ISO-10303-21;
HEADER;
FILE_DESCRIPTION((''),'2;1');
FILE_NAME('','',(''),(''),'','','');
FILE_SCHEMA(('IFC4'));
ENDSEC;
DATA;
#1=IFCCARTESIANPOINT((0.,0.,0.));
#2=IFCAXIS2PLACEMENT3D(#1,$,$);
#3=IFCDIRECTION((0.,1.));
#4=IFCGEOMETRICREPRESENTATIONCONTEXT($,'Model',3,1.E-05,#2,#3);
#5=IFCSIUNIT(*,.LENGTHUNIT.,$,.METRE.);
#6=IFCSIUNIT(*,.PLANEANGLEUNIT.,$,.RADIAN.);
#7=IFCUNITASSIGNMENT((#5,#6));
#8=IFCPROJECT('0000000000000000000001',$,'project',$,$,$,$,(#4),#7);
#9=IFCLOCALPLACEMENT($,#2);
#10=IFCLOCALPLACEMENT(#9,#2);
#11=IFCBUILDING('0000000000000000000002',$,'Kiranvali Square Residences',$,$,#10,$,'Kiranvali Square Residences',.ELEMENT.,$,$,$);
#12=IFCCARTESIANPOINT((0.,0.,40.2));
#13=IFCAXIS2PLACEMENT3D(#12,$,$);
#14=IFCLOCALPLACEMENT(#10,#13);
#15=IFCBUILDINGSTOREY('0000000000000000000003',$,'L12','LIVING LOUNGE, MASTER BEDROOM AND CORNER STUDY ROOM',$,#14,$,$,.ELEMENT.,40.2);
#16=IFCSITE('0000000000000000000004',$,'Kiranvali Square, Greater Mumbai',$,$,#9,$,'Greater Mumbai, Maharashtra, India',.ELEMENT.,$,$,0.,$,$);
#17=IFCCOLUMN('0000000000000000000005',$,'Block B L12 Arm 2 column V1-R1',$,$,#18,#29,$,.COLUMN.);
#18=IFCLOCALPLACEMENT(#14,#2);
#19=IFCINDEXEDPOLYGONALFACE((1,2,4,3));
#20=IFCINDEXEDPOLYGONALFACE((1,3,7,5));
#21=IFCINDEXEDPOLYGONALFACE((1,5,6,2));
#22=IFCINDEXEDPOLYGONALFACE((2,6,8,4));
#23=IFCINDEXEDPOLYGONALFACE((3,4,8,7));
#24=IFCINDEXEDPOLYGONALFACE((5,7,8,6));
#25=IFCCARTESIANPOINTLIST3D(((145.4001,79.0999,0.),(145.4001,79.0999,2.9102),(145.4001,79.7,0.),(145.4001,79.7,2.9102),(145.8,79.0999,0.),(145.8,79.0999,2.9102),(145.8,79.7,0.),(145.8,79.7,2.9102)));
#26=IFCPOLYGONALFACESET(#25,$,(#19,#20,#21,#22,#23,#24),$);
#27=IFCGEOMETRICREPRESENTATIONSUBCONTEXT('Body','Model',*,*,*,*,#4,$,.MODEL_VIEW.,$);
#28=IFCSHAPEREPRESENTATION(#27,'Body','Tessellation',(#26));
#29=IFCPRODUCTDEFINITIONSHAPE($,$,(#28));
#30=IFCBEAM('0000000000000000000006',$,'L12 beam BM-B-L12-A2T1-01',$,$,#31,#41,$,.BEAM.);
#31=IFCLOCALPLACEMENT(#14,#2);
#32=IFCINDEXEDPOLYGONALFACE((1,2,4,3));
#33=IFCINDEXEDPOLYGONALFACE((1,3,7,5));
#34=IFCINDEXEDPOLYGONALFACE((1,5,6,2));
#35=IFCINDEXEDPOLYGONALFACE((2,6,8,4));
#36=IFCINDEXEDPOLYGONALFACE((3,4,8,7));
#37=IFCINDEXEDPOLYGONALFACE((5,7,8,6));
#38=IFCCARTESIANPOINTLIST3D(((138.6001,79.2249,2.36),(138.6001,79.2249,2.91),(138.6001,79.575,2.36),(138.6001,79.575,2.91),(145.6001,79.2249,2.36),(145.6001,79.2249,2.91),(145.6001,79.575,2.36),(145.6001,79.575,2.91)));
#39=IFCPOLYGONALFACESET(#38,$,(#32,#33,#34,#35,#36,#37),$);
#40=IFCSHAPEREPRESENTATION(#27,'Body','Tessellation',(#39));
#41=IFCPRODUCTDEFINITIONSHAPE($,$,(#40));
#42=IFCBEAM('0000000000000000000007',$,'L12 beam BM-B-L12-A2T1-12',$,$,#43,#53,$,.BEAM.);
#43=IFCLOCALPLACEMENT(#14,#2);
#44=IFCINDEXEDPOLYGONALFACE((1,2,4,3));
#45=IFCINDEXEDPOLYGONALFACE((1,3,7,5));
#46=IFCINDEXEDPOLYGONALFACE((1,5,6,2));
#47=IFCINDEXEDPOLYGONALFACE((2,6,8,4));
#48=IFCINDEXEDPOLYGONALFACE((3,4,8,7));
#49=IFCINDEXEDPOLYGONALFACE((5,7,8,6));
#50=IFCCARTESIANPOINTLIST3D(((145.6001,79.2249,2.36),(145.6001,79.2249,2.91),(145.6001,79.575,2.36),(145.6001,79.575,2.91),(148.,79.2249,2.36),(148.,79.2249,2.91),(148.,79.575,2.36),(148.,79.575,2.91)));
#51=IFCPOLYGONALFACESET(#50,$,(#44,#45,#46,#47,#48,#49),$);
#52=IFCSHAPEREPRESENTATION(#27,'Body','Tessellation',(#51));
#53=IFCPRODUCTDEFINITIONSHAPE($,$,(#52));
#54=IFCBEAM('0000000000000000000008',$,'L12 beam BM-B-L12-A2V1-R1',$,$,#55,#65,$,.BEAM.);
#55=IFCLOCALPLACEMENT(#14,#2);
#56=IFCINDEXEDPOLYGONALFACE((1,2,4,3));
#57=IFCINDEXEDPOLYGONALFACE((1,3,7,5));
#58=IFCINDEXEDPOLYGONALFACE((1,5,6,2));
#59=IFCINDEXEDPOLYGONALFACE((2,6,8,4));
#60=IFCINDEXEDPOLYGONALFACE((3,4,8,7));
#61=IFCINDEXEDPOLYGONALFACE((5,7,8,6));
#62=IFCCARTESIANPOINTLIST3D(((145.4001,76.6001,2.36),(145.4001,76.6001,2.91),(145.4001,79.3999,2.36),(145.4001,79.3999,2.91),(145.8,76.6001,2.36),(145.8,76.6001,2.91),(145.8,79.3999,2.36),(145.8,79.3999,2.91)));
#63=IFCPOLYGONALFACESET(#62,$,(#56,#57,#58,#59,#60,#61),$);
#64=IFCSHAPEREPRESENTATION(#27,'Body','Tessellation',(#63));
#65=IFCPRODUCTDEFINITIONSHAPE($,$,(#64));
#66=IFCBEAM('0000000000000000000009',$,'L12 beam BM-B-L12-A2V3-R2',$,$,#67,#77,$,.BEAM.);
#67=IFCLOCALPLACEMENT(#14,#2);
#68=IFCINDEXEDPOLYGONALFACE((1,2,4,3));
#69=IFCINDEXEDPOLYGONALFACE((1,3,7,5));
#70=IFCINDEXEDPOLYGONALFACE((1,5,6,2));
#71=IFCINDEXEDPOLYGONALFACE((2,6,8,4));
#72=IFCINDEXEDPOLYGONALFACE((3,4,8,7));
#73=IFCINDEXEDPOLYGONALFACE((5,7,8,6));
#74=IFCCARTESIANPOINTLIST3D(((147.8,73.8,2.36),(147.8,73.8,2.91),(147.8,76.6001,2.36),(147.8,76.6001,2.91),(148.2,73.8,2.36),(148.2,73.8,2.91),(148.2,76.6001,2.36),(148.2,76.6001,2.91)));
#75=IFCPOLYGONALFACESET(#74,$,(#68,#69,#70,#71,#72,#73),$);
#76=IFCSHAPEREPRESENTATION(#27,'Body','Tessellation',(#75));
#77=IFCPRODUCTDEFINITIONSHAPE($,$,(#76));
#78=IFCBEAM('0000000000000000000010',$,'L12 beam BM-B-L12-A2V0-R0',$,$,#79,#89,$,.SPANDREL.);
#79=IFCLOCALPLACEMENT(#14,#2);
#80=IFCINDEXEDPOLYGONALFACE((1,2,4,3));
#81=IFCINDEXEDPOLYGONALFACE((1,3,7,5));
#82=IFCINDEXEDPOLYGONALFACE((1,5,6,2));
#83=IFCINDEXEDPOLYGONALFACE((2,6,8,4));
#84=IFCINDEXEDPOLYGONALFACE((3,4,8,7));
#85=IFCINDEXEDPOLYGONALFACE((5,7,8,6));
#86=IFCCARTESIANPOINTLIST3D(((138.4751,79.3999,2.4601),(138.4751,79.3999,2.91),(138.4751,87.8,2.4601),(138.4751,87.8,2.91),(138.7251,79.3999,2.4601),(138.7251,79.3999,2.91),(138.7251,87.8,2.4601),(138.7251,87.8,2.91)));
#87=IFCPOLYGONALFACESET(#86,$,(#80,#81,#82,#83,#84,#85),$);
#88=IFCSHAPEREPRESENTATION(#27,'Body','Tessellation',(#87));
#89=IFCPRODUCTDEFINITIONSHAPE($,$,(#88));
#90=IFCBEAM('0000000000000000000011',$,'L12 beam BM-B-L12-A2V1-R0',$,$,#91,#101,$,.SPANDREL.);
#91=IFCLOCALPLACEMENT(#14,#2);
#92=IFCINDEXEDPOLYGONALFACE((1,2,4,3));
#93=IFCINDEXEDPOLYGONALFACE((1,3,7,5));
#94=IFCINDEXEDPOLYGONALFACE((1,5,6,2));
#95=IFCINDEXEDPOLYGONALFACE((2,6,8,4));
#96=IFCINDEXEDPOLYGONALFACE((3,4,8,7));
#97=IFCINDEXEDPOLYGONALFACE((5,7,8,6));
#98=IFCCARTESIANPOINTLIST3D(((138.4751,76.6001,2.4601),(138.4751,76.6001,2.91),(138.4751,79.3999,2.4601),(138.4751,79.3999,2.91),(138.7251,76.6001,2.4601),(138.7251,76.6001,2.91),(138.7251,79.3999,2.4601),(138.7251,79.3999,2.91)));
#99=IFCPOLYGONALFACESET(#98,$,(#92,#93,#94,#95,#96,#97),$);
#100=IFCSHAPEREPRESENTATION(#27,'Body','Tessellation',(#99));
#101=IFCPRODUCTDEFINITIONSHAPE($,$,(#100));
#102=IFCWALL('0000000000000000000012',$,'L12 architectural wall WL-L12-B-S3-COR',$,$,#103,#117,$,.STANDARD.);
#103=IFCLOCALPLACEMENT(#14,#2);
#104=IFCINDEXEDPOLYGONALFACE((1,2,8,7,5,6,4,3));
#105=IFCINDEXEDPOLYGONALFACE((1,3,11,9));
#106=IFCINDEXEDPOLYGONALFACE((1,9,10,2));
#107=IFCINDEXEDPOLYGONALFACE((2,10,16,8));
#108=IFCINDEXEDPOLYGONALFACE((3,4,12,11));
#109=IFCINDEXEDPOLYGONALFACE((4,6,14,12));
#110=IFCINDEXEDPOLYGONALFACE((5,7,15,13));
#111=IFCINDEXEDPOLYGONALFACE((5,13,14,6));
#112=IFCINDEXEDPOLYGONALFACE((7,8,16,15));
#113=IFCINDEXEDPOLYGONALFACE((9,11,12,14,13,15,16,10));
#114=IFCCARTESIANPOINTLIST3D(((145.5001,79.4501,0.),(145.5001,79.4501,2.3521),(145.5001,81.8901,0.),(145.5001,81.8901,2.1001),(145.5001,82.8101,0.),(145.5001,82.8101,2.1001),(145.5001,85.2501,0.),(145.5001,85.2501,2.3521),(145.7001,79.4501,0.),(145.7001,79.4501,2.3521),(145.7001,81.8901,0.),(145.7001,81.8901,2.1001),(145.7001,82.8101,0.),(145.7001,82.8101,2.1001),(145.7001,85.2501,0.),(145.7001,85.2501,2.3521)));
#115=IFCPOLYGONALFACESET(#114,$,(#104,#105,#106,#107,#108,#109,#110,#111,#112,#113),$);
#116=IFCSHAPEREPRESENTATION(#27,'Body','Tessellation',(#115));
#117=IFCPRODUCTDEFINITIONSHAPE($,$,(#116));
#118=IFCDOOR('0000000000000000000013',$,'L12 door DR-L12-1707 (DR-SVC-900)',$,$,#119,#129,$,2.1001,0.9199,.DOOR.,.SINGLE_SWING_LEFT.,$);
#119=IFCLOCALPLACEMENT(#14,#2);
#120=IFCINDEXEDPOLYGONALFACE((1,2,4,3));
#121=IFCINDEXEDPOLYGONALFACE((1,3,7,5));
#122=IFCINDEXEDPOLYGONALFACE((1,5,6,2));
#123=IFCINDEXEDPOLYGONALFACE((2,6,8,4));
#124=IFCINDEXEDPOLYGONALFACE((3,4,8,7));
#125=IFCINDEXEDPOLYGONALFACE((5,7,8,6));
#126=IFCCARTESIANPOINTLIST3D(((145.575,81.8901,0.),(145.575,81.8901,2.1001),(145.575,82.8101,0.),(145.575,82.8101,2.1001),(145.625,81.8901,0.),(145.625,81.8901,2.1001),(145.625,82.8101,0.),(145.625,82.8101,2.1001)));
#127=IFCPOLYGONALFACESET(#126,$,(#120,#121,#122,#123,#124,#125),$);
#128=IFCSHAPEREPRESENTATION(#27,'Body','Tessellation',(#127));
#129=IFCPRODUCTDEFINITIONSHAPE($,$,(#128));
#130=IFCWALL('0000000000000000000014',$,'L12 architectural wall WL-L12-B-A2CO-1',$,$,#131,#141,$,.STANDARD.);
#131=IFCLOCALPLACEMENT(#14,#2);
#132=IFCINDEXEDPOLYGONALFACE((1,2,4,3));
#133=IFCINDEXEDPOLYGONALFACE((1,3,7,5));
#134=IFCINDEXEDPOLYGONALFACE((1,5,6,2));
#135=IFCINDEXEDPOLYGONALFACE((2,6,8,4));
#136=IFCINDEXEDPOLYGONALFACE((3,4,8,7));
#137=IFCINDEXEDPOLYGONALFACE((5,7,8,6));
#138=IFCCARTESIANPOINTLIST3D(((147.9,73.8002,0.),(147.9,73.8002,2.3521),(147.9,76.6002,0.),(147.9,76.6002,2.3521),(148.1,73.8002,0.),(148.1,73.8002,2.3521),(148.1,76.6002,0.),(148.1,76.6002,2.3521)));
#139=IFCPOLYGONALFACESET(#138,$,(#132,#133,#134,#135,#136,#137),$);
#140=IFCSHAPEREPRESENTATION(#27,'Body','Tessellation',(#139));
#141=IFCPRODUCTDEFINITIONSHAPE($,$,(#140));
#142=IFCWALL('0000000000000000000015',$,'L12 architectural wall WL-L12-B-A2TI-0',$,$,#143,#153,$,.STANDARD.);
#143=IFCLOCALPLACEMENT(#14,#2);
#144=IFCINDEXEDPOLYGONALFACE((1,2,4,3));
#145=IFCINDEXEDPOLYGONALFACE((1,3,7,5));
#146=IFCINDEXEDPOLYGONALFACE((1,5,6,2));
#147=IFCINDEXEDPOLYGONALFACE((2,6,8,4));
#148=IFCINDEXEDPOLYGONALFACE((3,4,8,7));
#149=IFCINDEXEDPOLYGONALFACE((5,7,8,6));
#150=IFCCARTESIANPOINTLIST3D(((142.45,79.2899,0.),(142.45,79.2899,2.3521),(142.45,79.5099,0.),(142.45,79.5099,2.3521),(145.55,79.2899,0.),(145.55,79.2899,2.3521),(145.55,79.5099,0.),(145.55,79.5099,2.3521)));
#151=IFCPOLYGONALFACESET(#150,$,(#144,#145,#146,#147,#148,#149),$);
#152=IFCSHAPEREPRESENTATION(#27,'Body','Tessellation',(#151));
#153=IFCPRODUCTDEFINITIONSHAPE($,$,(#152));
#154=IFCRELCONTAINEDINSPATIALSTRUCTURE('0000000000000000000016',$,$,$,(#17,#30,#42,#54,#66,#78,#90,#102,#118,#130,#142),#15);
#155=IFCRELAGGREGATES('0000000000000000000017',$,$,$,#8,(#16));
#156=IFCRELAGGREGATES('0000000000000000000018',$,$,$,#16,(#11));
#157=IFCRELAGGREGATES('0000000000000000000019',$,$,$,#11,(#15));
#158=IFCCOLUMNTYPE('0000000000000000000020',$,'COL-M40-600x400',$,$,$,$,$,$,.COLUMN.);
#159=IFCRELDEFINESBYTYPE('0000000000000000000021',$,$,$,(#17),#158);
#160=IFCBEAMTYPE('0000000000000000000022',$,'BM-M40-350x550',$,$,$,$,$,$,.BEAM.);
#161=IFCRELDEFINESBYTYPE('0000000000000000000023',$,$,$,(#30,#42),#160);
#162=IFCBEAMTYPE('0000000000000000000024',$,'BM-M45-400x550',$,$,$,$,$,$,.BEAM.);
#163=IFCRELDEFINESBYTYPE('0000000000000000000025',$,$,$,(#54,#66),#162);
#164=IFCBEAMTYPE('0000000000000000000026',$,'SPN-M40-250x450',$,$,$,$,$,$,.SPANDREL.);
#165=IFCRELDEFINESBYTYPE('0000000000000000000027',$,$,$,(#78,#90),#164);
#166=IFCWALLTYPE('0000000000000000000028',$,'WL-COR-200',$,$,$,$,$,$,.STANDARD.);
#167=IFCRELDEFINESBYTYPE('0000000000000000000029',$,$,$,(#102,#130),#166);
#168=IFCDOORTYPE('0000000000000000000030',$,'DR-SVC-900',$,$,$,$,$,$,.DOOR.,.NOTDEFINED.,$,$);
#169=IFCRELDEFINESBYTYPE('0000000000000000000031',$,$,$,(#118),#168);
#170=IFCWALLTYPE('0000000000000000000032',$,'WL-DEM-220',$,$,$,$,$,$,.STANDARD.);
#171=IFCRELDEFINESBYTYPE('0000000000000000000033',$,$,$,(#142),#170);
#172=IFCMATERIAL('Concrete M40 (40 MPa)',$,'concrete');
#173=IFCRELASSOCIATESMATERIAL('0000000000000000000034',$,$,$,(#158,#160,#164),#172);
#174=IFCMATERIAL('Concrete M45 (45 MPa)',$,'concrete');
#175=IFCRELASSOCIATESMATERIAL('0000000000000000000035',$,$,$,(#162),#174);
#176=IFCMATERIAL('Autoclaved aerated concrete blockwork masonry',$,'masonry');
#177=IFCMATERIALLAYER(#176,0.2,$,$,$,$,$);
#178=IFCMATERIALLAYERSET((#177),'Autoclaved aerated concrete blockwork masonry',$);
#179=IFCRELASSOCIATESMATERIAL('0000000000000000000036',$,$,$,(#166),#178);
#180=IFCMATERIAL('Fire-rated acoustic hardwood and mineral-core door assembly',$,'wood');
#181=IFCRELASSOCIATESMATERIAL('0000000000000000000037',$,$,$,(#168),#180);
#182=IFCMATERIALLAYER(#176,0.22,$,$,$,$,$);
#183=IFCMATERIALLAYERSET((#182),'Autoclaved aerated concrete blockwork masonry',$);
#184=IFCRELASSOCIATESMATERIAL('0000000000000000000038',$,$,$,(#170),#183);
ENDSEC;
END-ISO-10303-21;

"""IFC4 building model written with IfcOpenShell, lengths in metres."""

from ifc_helpers import new_model, si_unit, direction, frame, frame_2d, origin, origin_2d, place, context, subcontext, project, spatial, rectangle, extrude, material, layer, layer_set, material_profile, profile_set, type_object, element, fill, save


model = new_model("IFC4")

# Units and contexts
model_context = context("Model", 3, precision=1e-05, world=origin(), true_north=direction((0.0, 1.0)))
body_context = subcontext(model_context, "Body", "Model", "MODEL_VIEW")
ifc_project = project(units=[si_unit("LENGTHUNIT", "METRE"), si_unit("PLANEANGLEUNIT", "RADIAN")], contexts=[model_context])

# Site, building, storey
site_placement = place(None, origin())
site = spatial("IfcSite", under=ifc_project, at=site_placement, Name="Kiranvali Square, Greater Mumbai", LongName="Greater Mumbai, Maharashtra, India", CompositionType="ELEMENT", RefElevation=0.0)
building_placement = place(site_placement, origin())
building = spatial("IfcBuilding", under=site, at=building_placement, Name="Kiranvali Square Residences", LongName="Kiranvali Square Residences", CompositionType="ELEMENT")
storey_placement = place(building_placement, frame((0.0, 0.0, 40.2)))
storey = spatial("IfcBuildingStorey", under=building, at=storey_placement, Name="L12", Description="LIVING LOUNGE, MASTER BEDROOM AND CORNER STUDY ROOM", CompositionType="ELEMENT", Elevation=40.2)

# Column
ifc_material_1 = material(Name="Concrete M40 (40 MPa)", Category="concrete")
ifc_material_profile_1 = material_profile(ifc_material_1, rectangle(XDim=0.3999, YDim=0.6001, at=origin_2d()), Name="RC 600x400")
ifc_profile_set_1 = profile_set([ifc_material_profile_1], Name="Concrete M40 (40 MPa)")
column_type = type_object("IfcColumnType", Name="COL-M40-600x400", PredefinedType="COLUMN", material=ifc_profile_set_1)
column_placement = place(storey_placement, frame((145.6001, 79.3999, 0.0), z_axis=(0.0, 0.0, 1.0), x_axis=(1.0, 0.0, 0.0)))
element("IfcColumn", 1, at=column_placement, inside=storey, type_object=column_type, Name="Block B L12 Arm 2 column V1-R1", PredefinedType="COLUMN", context=body_context, shape_type="SweptSolid", body=[
    extrude(rectangle(XDim=0.3999, YDim=0.6001, at=origin_2d()), origin(), (0.0, 0.0, 1.0), 2.9102),
])

# Beams
ifc_material_profile_2 = material_profile(ifc_material_1, rectangle(XDim=0.3501, YDim=0.55, at=origin_2d()), Name="RC 350x550")
ifc_profile_set_2 = profile_set([ifc_material_profile_2], Name="Concrete M40 (40 MPa)")
beam_type_1 = type_object("IfcBeamType", Name="BM-M40-350x550", PredefinedType="BEAM", material=ifc_profile_set_2)
beam_1_placement = place(storey_placement, frame((138.6001, 79.3999, 2.635), z_axis=(1.0, 0.0, 0.0), x_axis=(0.0, 1.0, 0.0)))
element("IfcBeam", 2, at=beam_1_placement, inside=storey, type_object=beam_type_1, Name="L12 beam BM-B-L12-A2T1-01", PredefinedType="BEAM", context=body_context, shape_type="SweptSolid", body=[
    extrude(rectangle(XDim=0.3501, YDim=0.55, at=origin_2d()), origin(), (0.0, 0.0, 1.0), 7.0),
])
beam_2_placement = place(storey_placement, frame((145.6001, 79.3999, 2.635), z_axis=(1.0, 0.0, 0.0), x_axis=(0.0, 1.0, 0.0)))
element("IfcBeam", 3, at=beam_2_placement, inside=storey, type_object=beam_type_1, Name="L12 beam BM-B-L12-A2T1-12", PredefinedType="BEAM", context=body_context, shape_type="SweptSolid", body=[
    extrude(rectangle(XDim=0.3501, YDim=0.55, at=origin_2d()), origin(), (0.0, 0.0, 1.0), 2.3999),
])
ifc_material_2 = material(Name="Concrete M45 (45 MPa)", Category="concrete")
ifc_material_profile_3 = material_profile(ifc_material_2, rectangle(XDim=0.3999, YDim=0.55, at=origin_2d()), Name="RC 400x550")
ifc_profile_set_3 = profile_set([ifc_material_profile_3], Name="Concrete M45 (45 MPa)")
beam_type_2 = type_object("IfcBeamType", Name="BM-M45-400x550", PredefinedType="BEAM", material=ifc_profile_set_3)
beam_3_placement = place(storey_placement, frame((145.6001, 79.3999, 2.635), z_axis=(0.0, -1.0, 0.0), x_axis=(1.0, 0.0, 0.0)))
element("IfcBeam", 4, at=beam_3_placement, inside=storey, type_object=beam_type_2, Name="L12 beam BM-B-L12-A2V1-R1", PredefinedType="BEAM", context=body_context, shape_type="SweptSolid", body=[
    extrude(rectangle(XDim=0.3999, YDim=0.55, at=origin_2d()), origin(), (0.0, 0.0, 1.0), 2.7998),
])
beam_4_placement = place(storey_placement, frame((148.0, 76.6001, 2.635), z_axis=(0.0, -1.0, 0.0), x_axis=(1.0, 0.0, 0.0)))
element("IfcBeam", 5, at=beam_4_placement, inside=storey, type_object=beam_type_2, Name="L12 beam BM-B-L12-A2V3-R2", PredefinedType="BEAM", context=body_context, shape_type="SweptSolid", body=[
    extrude(rectangle(XDim=0.3999, YDim=0.55, at=origin_2d()), origin(), (0.0, 0.0, 1.0), 2.8),
])
ifc_material_profile_4 = material_profile(ifc_material_1, rectangle(XDim=0.25, YDim=0.45, at=origin_2d()), Name="RC 250x450")
ifc_profile_set_4 = profile_set([ifc_material_profile_4], Name="Concrete M40 (40 MPa)")
beam_type_3 = type_object("IfcBeamType", Name="SPN-M40-250x450", PredefinedType="SPANDREL", material=ifc_profile_set_4)
beam_5_placement = place(storey_placement, frame((138.6001, 87.8, 2.6851), z_axis=(0.0, -1.0, 0.0), x_axis=(1.0, 0.0, 0.0)))
element("IfcBeam", 6, at=beam_5_placement, inside=storey, type_object=beam_type_3, Name="L12 beam BM-B-L12-A2V0-R0", PredefinedType="SPANDREL", context=body_context, shape_type="SweptSolid", body=[
    extrude(rectangle(XDim=0.25, YDim=0.45, at=origin_2d()), origin(), (0.0, 0.0, 1.0), 8.4001),
])
beam_6_placement = place(storey_placement, frame((138.6001, 79.3999, 2.6851), z_axis=(0.0, -1.0, 0.0), x_axis=(1.0, 0.0, 0.0)))
element("IfcBeam", 7, at=beam_6_placement, inside=storey, type_object=beam_type_3, Name="L12 beam BM-B-L12-A2V1-R0", PredefinedType="SPANDREL", context=body_context, shape_type="SweptSolid", body=[
    extrude(rectangle(XDim=0.25, YDim=0.45, at=origin_2d()), origin(), (0.0, 0.0, 1.0), 2.7998),
])

# Wall, opening, door
ifc_material_3 = material(Name="Autoclaved aerated concrete blockwork masonry", Category="masonry")
ifc_layer_1 = layer(ifc_material_3, 0.2)
ifc_layer_set_1 = layer_set([ifc_layer_1], Name="Autoclaved aerated concrete blockwork masonry")
wall_type_1 = type_object("IfcWallType", Name="WL-COR-200", PredefinedType="STANDARD", material=ifc_layer_set_1)
ifc_material_4 = material(Name="Fire-rated acoustic hardwood and mineral-core door assembly", Category="wood")
wall_1_placement = place(storey_placement, frame((145.6001, 85.25, 0.0), z_axis=(0.0, 0.0, 1.0), x_axis=(0.0, -1.0, 0.0)))
wall_1 = element("IfcWall", 8, at=wall_1_placement, inside=storey, type_object=wall_type_1, Name="L12 architectural wall WL-L12-B-S3-COR", PredefinedType="STANDARD", context=body_context, shape_type="SweptSolid", body=[
    extrude(rectangle(XDim=5.8, YDim=0.2, at=frame_2d((2.8999, 0.0))), origin(), (0.0, 0.0, 1.0), 2.3521),
])
opening_1_placement = place(wall_1_placement, frame((2.4399, 0.0, 0.0)))
opening_1 = element("IfcOpeningElement", 9, at=opening_1_placement, cuts=wall_1, PredefinedType="OPENING", context=body_context, shape_type="SweptSolid", body=[
    extrude(rectangle(XDim=0.9199, YDim=2.1001, at=frame_2d((0.46, 1.05))), frame((0.0, 0.1099, 0.0), z_axis=(0.0, -1.0, 0.0), x_axis=(1.0, 0.0, 0.0)), (0.0, 0.0, 1.0), 0.22),
])
door_type_1 = type_object("IfcDoorType", Name="DR-SVC-900", OperationType="NOTDEFINED", PredefinedType="DOOR", material=ifc_material_4)
door_1_placement = place(opening_1_placement, origin())
door_1 = element("IfcDoor", 10, at=door_1_placement, inside=storey, type_object=door_type_1, Name="L12 door DR-L12-1707 (DR-SVC-900)", OperationType="SINGLE_SWING_LEFT", OverallHeight=2.1001, OverallWidth=0.9199, PredefinedType="DOOR", context=body_context, shape_type="SweptSolid", body=[
    extrude(rectangle(XDim=0.9199, YDim=2.1001, at=frame_2d((0.46, 1.05))), frame((0.0, 0.0249, 0.0), z_axis=(0.0, -1.0, 0.0), x_axis=(1.0, 0.0, 0.0)), (0.0, 0.0, 1.0), 0.05),
])
fill(opening_1, door_1)

# Walls
wall_2_placement = place(storey_placement, frame((148.0, 76.6001, 0.0), z_axis=(0.0, 0.0, 1.0), x_axis=(0.0, -1.0, 0.0)))
element("IfcWall", 11, at=wall_2_placement, inside=storey, type_object=wall_type_1, Name="L12 architectural wall WL-L12-B-A2CO-1", PredefinedType="STANDARD", context=body_context, shape_type="SweptSolid", body=[
    extrude(rectangle(XDim=2.8, YDim=0.2, at=frame_2d((1.3999, 0.0))), origin(), (0.0, 0.0, 1.0), 2.3521),
])
ifc_layer_2 = layer(ifc_material_3, 0.22)
ifc_layer_set_2 = layer_set([ifc_layer_2], Name="Autoclaved aerated concrete blockwork masonry")
wall_type_2 = type_object("IfcWallType", Name="WL-DEM-220", PredefinedType="STANDARD", material=ifc_layer_set_2)
wall_3_placement = place(storey_placement, frame((142.45, 79.3999, 0.0), z_axis=(0.0, 0.0, 1.0), x_axis=(1.0, 0.0, 0.0)))
element("IfcWall", 12, at=wall_3_placement, inside=storey, type_object=wall_type_2, Name="L12 architectural wall WL-L12-B-A2TI-0", PredefinedType="STANDARD", context=body_context, shape_type="SweptSolid", body=[
    extrude(rectangle(XDim=3.1001, YDim=0.22, at=frame_2d((1.55, 0.0))), origin(), (0.0, 0.0, 1.0), 2.3521),
])

save(model, "model.ifc")
